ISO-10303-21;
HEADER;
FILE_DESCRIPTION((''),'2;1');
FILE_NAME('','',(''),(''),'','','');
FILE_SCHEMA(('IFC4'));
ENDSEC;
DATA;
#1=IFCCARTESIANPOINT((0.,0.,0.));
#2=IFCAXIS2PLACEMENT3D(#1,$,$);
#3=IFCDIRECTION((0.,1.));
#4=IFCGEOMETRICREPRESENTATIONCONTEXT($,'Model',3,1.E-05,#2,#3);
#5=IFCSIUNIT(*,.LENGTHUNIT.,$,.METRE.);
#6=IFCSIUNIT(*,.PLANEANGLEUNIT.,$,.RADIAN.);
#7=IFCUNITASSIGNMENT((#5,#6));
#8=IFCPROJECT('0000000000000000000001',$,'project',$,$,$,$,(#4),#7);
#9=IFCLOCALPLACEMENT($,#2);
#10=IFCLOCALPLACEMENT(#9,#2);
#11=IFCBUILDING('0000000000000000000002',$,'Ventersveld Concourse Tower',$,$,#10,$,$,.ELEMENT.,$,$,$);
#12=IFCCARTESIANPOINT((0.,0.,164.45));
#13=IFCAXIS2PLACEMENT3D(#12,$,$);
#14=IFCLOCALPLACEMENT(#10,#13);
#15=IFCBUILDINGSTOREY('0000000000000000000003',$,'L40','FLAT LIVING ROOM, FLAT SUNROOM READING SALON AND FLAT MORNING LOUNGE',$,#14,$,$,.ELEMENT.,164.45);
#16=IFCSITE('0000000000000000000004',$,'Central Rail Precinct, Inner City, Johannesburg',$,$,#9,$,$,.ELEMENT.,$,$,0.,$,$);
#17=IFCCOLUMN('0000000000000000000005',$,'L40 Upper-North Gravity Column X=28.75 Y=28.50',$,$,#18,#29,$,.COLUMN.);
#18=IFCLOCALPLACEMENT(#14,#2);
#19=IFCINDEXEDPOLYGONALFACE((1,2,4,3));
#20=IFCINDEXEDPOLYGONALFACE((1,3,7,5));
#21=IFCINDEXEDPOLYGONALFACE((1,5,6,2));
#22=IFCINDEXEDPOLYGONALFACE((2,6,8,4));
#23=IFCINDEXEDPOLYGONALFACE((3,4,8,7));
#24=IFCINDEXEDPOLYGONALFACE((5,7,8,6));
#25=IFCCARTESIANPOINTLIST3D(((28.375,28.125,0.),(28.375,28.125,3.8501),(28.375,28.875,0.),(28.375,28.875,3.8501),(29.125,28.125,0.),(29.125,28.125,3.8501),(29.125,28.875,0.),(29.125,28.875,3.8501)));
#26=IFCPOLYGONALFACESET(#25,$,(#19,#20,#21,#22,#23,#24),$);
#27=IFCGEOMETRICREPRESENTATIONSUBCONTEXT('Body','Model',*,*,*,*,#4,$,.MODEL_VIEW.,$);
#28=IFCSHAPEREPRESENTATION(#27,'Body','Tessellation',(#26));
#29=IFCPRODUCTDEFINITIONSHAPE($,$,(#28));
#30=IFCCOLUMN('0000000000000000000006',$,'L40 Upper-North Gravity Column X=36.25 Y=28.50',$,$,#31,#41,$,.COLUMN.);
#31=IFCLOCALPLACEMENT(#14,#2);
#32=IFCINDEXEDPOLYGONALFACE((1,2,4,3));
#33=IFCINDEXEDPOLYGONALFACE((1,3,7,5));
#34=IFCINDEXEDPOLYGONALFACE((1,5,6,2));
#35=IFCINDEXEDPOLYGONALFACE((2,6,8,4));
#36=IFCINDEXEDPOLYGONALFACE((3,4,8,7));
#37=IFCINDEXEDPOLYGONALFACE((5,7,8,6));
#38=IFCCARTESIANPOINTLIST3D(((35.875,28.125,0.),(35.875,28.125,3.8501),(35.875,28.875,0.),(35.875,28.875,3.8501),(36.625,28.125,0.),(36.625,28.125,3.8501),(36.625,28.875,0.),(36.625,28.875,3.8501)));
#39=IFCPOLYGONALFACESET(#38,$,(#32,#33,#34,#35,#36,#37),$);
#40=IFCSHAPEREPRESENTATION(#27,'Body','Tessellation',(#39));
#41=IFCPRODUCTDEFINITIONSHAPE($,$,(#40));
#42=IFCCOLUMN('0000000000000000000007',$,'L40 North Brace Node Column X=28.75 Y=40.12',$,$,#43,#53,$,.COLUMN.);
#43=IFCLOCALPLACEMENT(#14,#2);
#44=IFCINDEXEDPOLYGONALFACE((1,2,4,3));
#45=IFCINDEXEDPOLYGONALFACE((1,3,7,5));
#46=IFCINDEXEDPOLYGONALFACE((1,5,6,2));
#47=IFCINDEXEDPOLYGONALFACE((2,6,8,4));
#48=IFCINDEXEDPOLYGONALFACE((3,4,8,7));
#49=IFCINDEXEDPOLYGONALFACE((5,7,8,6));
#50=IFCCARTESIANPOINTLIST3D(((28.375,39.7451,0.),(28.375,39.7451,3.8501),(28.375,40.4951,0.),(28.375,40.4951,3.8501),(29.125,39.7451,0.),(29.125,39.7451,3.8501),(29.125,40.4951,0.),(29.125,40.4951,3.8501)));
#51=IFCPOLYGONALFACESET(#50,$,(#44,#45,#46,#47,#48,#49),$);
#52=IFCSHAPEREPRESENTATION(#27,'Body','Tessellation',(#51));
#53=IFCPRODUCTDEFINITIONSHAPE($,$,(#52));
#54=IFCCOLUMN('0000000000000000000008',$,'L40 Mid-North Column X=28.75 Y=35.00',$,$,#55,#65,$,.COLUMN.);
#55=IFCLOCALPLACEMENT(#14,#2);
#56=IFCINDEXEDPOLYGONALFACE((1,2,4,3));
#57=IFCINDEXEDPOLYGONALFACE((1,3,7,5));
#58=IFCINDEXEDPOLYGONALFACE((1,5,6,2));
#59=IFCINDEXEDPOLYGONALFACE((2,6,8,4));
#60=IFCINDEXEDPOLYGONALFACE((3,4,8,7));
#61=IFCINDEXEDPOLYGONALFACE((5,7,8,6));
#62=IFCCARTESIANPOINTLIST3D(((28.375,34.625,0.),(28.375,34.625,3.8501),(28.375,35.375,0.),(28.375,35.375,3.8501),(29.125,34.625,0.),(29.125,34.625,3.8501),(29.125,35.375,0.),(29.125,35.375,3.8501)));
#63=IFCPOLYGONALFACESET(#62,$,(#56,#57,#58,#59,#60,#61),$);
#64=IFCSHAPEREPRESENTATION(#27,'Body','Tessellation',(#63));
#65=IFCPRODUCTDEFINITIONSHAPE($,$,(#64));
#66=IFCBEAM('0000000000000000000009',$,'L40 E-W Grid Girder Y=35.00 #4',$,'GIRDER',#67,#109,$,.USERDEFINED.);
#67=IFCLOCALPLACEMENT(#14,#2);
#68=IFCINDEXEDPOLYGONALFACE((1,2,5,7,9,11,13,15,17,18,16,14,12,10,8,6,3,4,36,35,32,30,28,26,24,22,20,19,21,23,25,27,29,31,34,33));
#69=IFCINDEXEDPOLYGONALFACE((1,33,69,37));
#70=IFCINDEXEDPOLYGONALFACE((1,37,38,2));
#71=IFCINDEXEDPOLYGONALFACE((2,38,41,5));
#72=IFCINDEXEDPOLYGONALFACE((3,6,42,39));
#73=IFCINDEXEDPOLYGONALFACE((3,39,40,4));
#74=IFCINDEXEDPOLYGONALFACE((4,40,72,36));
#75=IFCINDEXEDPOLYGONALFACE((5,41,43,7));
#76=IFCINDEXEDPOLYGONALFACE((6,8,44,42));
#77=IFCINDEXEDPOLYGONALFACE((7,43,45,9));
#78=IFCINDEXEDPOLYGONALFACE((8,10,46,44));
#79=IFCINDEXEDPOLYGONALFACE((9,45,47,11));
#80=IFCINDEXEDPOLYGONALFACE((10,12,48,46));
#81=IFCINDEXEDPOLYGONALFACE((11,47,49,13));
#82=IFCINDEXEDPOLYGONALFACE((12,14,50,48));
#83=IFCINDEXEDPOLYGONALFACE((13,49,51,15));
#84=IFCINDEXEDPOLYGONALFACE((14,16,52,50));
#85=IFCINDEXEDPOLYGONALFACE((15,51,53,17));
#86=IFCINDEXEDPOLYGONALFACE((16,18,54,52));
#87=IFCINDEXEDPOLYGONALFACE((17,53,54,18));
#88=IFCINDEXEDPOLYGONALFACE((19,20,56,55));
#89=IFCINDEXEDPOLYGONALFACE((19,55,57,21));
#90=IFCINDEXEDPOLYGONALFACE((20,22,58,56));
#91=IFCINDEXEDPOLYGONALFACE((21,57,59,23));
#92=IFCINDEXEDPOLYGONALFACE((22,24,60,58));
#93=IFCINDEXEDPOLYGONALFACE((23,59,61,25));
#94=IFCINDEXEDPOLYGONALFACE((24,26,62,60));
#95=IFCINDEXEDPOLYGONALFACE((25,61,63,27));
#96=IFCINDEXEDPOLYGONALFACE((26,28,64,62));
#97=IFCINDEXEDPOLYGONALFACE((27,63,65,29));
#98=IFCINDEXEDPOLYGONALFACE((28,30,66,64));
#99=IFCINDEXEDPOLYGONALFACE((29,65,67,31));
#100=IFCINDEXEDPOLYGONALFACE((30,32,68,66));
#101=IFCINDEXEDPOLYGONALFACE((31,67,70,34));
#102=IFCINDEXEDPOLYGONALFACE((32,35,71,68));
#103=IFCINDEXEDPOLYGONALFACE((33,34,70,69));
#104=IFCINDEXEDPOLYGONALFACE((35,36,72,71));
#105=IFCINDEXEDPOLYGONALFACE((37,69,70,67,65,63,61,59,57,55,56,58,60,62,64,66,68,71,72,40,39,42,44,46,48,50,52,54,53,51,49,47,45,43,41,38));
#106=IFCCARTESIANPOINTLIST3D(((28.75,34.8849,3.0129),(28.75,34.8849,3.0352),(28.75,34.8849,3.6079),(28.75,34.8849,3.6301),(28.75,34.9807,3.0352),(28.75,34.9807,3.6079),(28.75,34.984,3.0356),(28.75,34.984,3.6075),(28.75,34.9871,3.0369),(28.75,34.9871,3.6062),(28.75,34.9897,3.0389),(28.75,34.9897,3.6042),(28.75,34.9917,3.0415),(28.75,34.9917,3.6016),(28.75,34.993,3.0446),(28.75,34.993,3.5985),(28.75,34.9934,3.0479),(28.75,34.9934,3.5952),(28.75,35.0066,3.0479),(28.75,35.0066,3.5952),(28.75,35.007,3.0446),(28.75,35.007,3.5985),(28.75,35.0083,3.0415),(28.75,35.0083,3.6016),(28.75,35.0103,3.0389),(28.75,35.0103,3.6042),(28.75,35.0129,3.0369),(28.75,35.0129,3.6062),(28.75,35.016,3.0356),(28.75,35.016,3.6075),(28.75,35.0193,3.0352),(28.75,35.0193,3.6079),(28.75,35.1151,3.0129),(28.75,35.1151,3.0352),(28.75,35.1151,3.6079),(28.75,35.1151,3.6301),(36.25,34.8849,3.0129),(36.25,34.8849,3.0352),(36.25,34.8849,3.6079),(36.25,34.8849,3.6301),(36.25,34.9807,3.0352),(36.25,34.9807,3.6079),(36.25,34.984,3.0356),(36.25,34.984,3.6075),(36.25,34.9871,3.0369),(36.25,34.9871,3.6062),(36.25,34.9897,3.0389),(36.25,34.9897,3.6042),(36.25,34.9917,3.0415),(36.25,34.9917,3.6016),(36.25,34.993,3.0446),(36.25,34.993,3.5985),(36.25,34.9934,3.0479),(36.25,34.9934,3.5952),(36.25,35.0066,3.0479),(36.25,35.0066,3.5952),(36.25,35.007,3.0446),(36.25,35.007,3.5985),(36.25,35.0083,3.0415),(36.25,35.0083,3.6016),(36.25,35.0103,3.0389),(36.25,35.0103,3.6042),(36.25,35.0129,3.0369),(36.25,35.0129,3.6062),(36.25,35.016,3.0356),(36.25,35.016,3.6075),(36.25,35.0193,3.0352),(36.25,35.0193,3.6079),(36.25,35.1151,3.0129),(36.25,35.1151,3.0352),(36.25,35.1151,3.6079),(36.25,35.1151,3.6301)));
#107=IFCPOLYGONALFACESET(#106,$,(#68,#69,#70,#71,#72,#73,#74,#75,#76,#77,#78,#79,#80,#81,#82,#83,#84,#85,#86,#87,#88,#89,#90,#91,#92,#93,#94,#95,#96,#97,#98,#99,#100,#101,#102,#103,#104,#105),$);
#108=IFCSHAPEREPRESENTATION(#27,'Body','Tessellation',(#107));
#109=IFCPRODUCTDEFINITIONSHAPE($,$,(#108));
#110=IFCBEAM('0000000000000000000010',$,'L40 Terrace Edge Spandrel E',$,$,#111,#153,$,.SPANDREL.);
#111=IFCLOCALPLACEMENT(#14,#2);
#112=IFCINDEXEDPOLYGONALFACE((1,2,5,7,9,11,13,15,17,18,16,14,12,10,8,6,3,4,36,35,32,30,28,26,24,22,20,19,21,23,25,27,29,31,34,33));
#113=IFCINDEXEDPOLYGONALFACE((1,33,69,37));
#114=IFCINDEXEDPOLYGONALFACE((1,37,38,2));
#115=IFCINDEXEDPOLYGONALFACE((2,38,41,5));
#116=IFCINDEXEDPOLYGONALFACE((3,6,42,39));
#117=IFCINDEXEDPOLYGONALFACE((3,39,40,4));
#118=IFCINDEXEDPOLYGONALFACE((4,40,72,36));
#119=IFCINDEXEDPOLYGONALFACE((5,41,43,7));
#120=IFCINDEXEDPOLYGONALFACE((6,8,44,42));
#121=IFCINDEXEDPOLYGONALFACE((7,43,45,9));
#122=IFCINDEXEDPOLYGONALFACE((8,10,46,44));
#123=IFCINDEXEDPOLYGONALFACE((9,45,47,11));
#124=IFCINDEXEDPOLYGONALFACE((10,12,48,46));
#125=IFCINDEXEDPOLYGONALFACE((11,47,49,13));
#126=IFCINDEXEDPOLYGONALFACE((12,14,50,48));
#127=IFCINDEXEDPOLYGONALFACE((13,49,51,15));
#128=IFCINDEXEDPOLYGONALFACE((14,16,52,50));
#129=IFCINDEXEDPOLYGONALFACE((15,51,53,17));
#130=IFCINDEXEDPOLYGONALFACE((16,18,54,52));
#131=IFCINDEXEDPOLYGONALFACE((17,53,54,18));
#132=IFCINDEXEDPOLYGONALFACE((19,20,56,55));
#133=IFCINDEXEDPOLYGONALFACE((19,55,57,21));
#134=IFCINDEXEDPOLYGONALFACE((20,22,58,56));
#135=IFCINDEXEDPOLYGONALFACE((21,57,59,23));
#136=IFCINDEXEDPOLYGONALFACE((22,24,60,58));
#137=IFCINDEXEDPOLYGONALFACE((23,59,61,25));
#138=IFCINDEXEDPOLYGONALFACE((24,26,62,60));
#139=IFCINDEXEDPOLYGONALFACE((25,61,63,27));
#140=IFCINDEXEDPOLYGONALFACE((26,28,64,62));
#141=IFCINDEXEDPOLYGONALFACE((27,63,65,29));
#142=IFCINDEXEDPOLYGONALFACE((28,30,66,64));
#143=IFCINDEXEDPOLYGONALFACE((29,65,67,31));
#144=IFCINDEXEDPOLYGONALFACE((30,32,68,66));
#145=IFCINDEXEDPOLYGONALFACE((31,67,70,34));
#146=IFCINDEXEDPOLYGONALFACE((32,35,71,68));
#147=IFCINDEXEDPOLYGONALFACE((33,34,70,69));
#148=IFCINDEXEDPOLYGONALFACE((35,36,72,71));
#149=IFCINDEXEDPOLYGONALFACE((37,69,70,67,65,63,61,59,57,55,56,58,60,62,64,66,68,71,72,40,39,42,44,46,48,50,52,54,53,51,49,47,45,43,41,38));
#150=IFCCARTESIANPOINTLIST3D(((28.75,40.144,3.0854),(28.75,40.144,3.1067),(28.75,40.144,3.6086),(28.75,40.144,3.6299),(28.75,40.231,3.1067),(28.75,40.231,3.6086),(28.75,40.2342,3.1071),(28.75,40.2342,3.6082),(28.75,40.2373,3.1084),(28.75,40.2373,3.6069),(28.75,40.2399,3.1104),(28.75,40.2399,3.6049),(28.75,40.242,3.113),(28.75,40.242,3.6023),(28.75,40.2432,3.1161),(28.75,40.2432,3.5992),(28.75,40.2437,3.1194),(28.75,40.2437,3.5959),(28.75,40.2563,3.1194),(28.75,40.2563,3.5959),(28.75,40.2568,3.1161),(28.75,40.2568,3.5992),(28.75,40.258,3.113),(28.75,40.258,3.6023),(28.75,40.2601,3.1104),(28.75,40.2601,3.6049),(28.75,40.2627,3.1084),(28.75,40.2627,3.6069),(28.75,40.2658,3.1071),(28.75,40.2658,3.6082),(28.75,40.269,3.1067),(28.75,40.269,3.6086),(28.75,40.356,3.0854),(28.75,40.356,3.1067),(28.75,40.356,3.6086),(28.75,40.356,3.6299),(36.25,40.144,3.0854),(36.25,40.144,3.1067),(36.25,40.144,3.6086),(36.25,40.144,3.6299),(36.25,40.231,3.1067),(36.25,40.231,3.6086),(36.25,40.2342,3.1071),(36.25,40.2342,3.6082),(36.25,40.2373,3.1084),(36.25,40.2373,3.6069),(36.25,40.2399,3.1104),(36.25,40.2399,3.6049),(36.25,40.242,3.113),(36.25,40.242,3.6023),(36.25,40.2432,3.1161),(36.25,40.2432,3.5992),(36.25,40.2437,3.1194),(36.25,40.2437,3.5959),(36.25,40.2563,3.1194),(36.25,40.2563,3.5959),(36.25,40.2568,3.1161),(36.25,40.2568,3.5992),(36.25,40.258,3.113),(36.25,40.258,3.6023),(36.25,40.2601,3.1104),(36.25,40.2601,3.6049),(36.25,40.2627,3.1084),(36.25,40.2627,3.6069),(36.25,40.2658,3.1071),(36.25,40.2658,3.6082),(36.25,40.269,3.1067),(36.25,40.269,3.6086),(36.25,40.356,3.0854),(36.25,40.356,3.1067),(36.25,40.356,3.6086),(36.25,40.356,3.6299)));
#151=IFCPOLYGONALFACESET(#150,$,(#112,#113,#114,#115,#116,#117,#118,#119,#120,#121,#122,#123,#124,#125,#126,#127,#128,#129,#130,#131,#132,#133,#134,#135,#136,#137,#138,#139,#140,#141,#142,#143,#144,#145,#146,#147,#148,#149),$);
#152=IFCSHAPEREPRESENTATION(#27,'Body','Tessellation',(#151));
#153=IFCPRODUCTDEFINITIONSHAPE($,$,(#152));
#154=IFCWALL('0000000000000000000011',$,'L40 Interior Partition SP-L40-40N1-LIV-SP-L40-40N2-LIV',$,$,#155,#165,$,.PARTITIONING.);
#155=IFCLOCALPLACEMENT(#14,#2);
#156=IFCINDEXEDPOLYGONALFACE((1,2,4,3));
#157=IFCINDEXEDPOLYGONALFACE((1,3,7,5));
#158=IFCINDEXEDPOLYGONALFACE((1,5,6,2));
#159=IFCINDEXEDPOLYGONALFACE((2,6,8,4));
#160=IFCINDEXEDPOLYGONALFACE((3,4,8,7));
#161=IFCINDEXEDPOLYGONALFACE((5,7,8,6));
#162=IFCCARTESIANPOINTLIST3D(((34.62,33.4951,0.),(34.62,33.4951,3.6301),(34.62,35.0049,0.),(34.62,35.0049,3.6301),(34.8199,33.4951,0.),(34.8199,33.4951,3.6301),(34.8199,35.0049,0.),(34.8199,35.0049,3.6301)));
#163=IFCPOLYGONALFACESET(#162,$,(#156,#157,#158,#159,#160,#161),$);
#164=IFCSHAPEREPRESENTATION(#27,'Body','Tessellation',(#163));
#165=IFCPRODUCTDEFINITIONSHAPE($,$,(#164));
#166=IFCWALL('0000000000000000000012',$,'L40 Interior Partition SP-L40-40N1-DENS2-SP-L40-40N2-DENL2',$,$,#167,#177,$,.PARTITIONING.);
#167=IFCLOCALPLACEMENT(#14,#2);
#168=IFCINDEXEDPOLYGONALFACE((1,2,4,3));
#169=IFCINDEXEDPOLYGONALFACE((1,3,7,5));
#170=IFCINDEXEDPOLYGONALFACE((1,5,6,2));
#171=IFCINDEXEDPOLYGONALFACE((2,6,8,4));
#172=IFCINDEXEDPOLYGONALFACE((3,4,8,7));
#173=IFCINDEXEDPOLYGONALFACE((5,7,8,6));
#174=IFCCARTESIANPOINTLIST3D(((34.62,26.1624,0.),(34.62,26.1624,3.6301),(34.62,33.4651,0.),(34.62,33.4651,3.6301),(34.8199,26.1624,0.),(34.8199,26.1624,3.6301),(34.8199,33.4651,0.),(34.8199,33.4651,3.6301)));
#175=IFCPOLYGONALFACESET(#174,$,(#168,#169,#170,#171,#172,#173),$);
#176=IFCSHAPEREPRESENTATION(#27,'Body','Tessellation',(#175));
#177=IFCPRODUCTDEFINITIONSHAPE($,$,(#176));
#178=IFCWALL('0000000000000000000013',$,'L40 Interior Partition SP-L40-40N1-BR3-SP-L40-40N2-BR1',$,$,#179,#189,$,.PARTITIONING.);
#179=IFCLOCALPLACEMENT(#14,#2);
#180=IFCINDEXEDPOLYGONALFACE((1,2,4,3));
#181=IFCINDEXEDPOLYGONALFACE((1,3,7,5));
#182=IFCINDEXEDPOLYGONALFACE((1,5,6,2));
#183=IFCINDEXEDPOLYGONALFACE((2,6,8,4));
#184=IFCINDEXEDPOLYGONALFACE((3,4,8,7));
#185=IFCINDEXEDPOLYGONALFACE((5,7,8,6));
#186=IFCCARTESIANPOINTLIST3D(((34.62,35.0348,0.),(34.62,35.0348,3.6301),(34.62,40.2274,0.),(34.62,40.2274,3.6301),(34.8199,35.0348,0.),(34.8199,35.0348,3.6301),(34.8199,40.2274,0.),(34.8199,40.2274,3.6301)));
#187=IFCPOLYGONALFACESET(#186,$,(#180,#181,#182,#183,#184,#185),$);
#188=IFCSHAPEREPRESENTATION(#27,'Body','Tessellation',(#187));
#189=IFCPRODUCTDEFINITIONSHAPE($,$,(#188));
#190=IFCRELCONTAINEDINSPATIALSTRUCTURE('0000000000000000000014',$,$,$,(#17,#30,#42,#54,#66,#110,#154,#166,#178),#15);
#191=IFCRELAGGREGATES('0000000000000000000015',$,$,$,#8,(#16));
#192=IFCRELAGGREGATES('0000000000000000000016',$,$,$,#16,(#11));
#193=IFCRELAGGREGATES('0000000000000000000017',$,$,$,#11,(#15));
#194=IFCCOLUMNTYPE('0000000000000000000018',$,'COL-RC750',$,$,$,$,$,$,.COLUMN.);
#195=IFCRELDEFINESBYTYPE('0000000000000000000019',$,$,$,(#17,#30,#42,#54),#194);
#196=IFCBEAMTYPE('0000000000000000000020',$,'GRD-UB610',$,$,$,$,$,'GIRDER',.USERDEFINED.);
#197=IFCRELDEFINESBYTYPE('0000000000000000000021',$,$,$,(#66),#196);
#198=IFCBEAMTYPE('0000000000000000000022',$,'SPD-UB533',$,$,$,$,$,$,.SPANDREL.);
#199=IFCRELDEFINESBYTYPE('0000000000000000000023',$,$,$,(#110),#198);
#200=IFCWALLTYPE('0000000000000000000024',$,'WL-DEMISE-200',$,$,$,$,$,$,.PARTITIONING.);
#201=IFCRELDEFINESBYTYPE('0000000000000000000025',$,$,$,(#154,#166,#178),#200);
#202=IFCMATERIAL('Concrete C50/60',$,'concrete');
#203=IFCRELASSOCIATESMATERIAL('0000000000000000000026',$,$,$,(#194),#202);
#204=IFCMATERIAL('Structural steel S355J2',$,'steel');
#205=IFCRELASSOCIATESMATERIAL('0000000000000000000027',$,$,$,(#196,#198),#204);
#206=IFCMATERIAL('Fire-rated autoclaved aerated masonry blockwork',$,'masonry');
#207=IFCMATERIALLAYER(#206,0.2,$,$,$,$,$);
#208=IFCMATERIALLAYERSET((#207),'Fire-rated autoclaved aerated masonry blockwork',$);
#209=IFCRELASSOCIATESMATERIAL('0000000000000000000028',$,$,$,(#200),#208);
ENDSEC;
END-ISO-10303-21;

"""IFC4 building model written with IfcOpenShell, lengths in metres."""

from ifc_helpers import new_model, si_unit, direction, frame, frame_2d, origin, origin_2d, place, context, subcontext, project, spatial, rectangle, i_section, extrude, material, layer, layer_set, material_profile, profile_set, type_object, element, save


model = new_model("IFC4")

# Units and contexts
model_context = context("Model", 3, precision=1e-05, world=origin(), true_north=direction((0.0, 1.0)))
body_context = subcontext(model_context, "Body", "Model", "MODEL_VIEW")
ifc_project = project(units=[si_unit("LENGTHUNIT", "METRE"), si_unit("PLANEANGLEUNIT", "RADIAN")], contexts=[model_context])

# Site, building, storey
site_placement = place(None, origin())
site = spatial("IfcSite", under=ifc_project, at=site_placement, Name="Central Rail Precinct, Inner City, Johannesburg", CompositionType="ELEMENT", RefElevation=0.0)
building_placement = place(site_placement, origin())
building = spatial("IfcBuilding", under=site, at=building_placement, Name="Ventersveld Concourse Tower", CompositionType="ELEMENT")
storey_placement = place(building_placement, frame((0.0, 0.0, 164.45)))
storey = spatial("IfcBuildingStorey", under=building, at=storey_placement, Name="L40", Description="FLAT LIVING ROOM, FLAT SUNROOM READING SALON AND FLAT MORNING LOUNGE", CompositionType="ELEMENT", Elevation=164.45)

# Columns
ifc_material_1 = material(Name="Concrete C50/60", Category="concrete")
ifc_material_profile_1 = material_profile(ifc_material_1, rectangle(XDim=0.75, YDim=0.75, at=origin_2d()), Name="RC 750x750")
ifc_profile_set_1 = profile_set([ifc_material_profile_1], Name="Concrete C50/60")
column_type = type_object("IfcColumnType", Name="COL-RC750", PredefinedType="COLUMN", material=ifc_profile_set_1)
for number, where, z_axis, x_axis, name in (
    (1, (28.75, 28.5, 0.0), (0.0, 0.0, 1.0), (1.0, 0.0, 0.0), "L40 Upper-North Gravity Column X=28.75 Y=28.50"),
    (2, (36.25, 28.5, 0.0), (0.0, 0.0, 1.0), (1.0, 0.0, 0.0), "L40 Upper-North Gravity Column X=36.25 Y=28.50"),
    (3, (28.75, 40.1201, 0.0), (0.0, 0.0, 1.0), (1.0, 0.0, 0.0), "L40 North Brace Node Column X=28.75 Y=40.12"),
    (4, (28.75, 35.0, 0.0), (0.0, 0.0, 1.0), (1.0, 0.0, 0.0), "L40 Mid-North Column X=28.75 Y=35.00"),
):
    element("IfcColumn", number, at=place(storey_placement, frame(where, z_axis=z_axis, x_axis=x_axis)), inside=storey, type_object=column_type, Name=name, PredefinedType="COLUMN", context=body_context, shape_type="SweptSolid", body=[
        extrude(rectangle(XDim=0.75, YDim=0.75, at=origin_2d()), origin(), (0.0, 0.0, 1.0), 3.8501),
    ])

# Beams
ifc_material_2 = material(Name="Structural steel S355J2", Category="steel")
ifc_material_profile_2 = material_profile(ifc_material_2, i_section(OverallWidth=0.2302, OverallDepth=0.6172, WebThickness=0.0132, FlangeThickness=0.0222, FilletRadius=0.0127, at=origin_2d()), Name="UB 610x229x140")
ifc_profile_set_2 = profile_set([ifc_material_profile_2], Name="Structural steel S355J2")
beam_type_1 = type_object("IfcBeamType", Name="GRD-UB610", ElementType="GIRDER", PredefinedType="USERDEFINED", material=ifc_profile_set_2)
beam_1_placement = place(storey_placement, frame((28.75, 35.0, 3.3215), z_axis=(1.0, 0.0, 0.0), x_axis=(0.0, 1.0, 0.0)))
element("IfcBeam", 5, at=beam_1_placement, inside=storey, type_object=beam_type_1, Name="L40 E-W Grid Girder Y=35.00 #4", ObjectType="GIRDER", PredefinedType="USERDEFINED", context=body_context, shape_type="SweptSolid", body=[
    extrude(i_section(OverallWidth=0.2302, OverallDepth=0.6172, WebThickness=0.0132, FlangeThickness=0.0222, FilletRadius=0.0127, at=origin_2d()), origin(), (0.0, 0.0, 1.0), 7.5),
])
ifc_material_profile_3 = material_profile(ifc_material_2, i_section(OverallWidth=0.2119, OverallDepth=0.5444, WebThickness=0.0127, FlangeThickness=0.0212, FilletRadius=0.0127, at=origin_2d()), Name="UB 533x210x122")
ifc_profile_set_3 = profile_set([ifc_material_profile_3], Name="Structural steel S355J2")
beam_type_2 = type_object("IfcBeamType", Name="SPD-UB533", PredefinedType="SPANDREL", material=ifc_profile_set_3)
beam_2_placement = place(storey_placement, frame((28.75, 40.25, 3.3577), z_axis=(1.0, 0.0, 0.0), x_axis=(0.0, 1.0, 0.0)))
element("IfcBeam", 6, at=beam_2_placement, inside=storey, type_object=beam_type_2, Name="L40 Terrace Edge Spandrel E", PredefinedType="SPANDREL", context=body_context, shape_type="SweptSolid", body=[
    extrude(i_section(OverallWidth=0.2119, OverallDepth=0.5444, WebThickness=0.0127, FlangeThickness=0.0212, FilletRadius=0.0127, at=origin_2d()), origin(), (0.0, 0.0, 1.0), 7.5),
])

# Walls
ifc_material_3 = material(Name="Fire-rated autoclaved aerated masonry blockwork", Category="masonry")
ifc_layer_1 = layer(ifc_material_3, 0.2)
ifc_layer_set_1 = layer_set([ifc_layer_1], Name="Fire-rated autoclaved aerated masonry blockwork")
wall_type_1 = type_object("IfcWallType", Name="WL-DEMISE-200", PredefinedType="PARTITIONING", material=ifc_layer_set_1)
wall_1_placement = place(storey_placement, frame((34.72, 33.4951, 0.0), z_axis=(0.0, 0.0, 1.0), x_axis=(0.0, 1.0, 0.0)))
element("IfcWall", 7, at=wall_1_placement, inside=storey, type_object=wall_type_1, Name="L40 Interior Partition SP-L40-40N1-LIV-SP-L40-40N2-LIV", PredefinedType="PARTITIONING", context=body_context, shape_type="SweptSolid", body=[
    extrude(rectangle(XDim=1.5098, YDim=0.2, at=frame_2d((0.7549, 0.0))), origin(), (0.0, 0.0, 1.0), 3.6301),
])
wall_2_placement = place(storey_placement, frame((34.72, 26.1624, 0.0), z_axis=(0.0, 0.0, 1.0), x_axis=(0.0, 1.0, 0.0)))
element("IfcWall", 8, at=wall_2_placement, inside=storey, type_object=wall_type_1, Name="L40 Interior Partition SP-L40-40N1-DENS2-SP-L40-40N2-DENL2", PredefinedType="PARTITIONING", context=body_context, shape_type="SweptSolid", body=[
    extrude(rectangle(XDim=7.3027, YDim=0.2, at=frame_2d((3.6514, 0.0))), origin(), (0.0, 0.0, 1.0), 3.6301),
])
wall_3_placement = place(storey_placement, frame((34.72, 35.0349, 0.0), z_axis=(0.0, 0.0, 1.0), x_axis=(0.0, 1.0, 0.0)))
element("IfcWall", 9, at=wall_3_placement, inside=storey, type_object=wall_type_1, Name="L40 Interior Partition SP-L40-40N1-BR3-SP-L40-40N2-BR1", PredefinedType="PARTITIONING", context=body_context, shape_type="SweptSolid", body=[
    extrude(rectangle(XDim=5.1926, YDim=0.2, at=frame_2d((2.5962, 0.0))), origin(), (0.0, 0.0, 1.0), 3.6301),
])

save(model, "model.ifc")
